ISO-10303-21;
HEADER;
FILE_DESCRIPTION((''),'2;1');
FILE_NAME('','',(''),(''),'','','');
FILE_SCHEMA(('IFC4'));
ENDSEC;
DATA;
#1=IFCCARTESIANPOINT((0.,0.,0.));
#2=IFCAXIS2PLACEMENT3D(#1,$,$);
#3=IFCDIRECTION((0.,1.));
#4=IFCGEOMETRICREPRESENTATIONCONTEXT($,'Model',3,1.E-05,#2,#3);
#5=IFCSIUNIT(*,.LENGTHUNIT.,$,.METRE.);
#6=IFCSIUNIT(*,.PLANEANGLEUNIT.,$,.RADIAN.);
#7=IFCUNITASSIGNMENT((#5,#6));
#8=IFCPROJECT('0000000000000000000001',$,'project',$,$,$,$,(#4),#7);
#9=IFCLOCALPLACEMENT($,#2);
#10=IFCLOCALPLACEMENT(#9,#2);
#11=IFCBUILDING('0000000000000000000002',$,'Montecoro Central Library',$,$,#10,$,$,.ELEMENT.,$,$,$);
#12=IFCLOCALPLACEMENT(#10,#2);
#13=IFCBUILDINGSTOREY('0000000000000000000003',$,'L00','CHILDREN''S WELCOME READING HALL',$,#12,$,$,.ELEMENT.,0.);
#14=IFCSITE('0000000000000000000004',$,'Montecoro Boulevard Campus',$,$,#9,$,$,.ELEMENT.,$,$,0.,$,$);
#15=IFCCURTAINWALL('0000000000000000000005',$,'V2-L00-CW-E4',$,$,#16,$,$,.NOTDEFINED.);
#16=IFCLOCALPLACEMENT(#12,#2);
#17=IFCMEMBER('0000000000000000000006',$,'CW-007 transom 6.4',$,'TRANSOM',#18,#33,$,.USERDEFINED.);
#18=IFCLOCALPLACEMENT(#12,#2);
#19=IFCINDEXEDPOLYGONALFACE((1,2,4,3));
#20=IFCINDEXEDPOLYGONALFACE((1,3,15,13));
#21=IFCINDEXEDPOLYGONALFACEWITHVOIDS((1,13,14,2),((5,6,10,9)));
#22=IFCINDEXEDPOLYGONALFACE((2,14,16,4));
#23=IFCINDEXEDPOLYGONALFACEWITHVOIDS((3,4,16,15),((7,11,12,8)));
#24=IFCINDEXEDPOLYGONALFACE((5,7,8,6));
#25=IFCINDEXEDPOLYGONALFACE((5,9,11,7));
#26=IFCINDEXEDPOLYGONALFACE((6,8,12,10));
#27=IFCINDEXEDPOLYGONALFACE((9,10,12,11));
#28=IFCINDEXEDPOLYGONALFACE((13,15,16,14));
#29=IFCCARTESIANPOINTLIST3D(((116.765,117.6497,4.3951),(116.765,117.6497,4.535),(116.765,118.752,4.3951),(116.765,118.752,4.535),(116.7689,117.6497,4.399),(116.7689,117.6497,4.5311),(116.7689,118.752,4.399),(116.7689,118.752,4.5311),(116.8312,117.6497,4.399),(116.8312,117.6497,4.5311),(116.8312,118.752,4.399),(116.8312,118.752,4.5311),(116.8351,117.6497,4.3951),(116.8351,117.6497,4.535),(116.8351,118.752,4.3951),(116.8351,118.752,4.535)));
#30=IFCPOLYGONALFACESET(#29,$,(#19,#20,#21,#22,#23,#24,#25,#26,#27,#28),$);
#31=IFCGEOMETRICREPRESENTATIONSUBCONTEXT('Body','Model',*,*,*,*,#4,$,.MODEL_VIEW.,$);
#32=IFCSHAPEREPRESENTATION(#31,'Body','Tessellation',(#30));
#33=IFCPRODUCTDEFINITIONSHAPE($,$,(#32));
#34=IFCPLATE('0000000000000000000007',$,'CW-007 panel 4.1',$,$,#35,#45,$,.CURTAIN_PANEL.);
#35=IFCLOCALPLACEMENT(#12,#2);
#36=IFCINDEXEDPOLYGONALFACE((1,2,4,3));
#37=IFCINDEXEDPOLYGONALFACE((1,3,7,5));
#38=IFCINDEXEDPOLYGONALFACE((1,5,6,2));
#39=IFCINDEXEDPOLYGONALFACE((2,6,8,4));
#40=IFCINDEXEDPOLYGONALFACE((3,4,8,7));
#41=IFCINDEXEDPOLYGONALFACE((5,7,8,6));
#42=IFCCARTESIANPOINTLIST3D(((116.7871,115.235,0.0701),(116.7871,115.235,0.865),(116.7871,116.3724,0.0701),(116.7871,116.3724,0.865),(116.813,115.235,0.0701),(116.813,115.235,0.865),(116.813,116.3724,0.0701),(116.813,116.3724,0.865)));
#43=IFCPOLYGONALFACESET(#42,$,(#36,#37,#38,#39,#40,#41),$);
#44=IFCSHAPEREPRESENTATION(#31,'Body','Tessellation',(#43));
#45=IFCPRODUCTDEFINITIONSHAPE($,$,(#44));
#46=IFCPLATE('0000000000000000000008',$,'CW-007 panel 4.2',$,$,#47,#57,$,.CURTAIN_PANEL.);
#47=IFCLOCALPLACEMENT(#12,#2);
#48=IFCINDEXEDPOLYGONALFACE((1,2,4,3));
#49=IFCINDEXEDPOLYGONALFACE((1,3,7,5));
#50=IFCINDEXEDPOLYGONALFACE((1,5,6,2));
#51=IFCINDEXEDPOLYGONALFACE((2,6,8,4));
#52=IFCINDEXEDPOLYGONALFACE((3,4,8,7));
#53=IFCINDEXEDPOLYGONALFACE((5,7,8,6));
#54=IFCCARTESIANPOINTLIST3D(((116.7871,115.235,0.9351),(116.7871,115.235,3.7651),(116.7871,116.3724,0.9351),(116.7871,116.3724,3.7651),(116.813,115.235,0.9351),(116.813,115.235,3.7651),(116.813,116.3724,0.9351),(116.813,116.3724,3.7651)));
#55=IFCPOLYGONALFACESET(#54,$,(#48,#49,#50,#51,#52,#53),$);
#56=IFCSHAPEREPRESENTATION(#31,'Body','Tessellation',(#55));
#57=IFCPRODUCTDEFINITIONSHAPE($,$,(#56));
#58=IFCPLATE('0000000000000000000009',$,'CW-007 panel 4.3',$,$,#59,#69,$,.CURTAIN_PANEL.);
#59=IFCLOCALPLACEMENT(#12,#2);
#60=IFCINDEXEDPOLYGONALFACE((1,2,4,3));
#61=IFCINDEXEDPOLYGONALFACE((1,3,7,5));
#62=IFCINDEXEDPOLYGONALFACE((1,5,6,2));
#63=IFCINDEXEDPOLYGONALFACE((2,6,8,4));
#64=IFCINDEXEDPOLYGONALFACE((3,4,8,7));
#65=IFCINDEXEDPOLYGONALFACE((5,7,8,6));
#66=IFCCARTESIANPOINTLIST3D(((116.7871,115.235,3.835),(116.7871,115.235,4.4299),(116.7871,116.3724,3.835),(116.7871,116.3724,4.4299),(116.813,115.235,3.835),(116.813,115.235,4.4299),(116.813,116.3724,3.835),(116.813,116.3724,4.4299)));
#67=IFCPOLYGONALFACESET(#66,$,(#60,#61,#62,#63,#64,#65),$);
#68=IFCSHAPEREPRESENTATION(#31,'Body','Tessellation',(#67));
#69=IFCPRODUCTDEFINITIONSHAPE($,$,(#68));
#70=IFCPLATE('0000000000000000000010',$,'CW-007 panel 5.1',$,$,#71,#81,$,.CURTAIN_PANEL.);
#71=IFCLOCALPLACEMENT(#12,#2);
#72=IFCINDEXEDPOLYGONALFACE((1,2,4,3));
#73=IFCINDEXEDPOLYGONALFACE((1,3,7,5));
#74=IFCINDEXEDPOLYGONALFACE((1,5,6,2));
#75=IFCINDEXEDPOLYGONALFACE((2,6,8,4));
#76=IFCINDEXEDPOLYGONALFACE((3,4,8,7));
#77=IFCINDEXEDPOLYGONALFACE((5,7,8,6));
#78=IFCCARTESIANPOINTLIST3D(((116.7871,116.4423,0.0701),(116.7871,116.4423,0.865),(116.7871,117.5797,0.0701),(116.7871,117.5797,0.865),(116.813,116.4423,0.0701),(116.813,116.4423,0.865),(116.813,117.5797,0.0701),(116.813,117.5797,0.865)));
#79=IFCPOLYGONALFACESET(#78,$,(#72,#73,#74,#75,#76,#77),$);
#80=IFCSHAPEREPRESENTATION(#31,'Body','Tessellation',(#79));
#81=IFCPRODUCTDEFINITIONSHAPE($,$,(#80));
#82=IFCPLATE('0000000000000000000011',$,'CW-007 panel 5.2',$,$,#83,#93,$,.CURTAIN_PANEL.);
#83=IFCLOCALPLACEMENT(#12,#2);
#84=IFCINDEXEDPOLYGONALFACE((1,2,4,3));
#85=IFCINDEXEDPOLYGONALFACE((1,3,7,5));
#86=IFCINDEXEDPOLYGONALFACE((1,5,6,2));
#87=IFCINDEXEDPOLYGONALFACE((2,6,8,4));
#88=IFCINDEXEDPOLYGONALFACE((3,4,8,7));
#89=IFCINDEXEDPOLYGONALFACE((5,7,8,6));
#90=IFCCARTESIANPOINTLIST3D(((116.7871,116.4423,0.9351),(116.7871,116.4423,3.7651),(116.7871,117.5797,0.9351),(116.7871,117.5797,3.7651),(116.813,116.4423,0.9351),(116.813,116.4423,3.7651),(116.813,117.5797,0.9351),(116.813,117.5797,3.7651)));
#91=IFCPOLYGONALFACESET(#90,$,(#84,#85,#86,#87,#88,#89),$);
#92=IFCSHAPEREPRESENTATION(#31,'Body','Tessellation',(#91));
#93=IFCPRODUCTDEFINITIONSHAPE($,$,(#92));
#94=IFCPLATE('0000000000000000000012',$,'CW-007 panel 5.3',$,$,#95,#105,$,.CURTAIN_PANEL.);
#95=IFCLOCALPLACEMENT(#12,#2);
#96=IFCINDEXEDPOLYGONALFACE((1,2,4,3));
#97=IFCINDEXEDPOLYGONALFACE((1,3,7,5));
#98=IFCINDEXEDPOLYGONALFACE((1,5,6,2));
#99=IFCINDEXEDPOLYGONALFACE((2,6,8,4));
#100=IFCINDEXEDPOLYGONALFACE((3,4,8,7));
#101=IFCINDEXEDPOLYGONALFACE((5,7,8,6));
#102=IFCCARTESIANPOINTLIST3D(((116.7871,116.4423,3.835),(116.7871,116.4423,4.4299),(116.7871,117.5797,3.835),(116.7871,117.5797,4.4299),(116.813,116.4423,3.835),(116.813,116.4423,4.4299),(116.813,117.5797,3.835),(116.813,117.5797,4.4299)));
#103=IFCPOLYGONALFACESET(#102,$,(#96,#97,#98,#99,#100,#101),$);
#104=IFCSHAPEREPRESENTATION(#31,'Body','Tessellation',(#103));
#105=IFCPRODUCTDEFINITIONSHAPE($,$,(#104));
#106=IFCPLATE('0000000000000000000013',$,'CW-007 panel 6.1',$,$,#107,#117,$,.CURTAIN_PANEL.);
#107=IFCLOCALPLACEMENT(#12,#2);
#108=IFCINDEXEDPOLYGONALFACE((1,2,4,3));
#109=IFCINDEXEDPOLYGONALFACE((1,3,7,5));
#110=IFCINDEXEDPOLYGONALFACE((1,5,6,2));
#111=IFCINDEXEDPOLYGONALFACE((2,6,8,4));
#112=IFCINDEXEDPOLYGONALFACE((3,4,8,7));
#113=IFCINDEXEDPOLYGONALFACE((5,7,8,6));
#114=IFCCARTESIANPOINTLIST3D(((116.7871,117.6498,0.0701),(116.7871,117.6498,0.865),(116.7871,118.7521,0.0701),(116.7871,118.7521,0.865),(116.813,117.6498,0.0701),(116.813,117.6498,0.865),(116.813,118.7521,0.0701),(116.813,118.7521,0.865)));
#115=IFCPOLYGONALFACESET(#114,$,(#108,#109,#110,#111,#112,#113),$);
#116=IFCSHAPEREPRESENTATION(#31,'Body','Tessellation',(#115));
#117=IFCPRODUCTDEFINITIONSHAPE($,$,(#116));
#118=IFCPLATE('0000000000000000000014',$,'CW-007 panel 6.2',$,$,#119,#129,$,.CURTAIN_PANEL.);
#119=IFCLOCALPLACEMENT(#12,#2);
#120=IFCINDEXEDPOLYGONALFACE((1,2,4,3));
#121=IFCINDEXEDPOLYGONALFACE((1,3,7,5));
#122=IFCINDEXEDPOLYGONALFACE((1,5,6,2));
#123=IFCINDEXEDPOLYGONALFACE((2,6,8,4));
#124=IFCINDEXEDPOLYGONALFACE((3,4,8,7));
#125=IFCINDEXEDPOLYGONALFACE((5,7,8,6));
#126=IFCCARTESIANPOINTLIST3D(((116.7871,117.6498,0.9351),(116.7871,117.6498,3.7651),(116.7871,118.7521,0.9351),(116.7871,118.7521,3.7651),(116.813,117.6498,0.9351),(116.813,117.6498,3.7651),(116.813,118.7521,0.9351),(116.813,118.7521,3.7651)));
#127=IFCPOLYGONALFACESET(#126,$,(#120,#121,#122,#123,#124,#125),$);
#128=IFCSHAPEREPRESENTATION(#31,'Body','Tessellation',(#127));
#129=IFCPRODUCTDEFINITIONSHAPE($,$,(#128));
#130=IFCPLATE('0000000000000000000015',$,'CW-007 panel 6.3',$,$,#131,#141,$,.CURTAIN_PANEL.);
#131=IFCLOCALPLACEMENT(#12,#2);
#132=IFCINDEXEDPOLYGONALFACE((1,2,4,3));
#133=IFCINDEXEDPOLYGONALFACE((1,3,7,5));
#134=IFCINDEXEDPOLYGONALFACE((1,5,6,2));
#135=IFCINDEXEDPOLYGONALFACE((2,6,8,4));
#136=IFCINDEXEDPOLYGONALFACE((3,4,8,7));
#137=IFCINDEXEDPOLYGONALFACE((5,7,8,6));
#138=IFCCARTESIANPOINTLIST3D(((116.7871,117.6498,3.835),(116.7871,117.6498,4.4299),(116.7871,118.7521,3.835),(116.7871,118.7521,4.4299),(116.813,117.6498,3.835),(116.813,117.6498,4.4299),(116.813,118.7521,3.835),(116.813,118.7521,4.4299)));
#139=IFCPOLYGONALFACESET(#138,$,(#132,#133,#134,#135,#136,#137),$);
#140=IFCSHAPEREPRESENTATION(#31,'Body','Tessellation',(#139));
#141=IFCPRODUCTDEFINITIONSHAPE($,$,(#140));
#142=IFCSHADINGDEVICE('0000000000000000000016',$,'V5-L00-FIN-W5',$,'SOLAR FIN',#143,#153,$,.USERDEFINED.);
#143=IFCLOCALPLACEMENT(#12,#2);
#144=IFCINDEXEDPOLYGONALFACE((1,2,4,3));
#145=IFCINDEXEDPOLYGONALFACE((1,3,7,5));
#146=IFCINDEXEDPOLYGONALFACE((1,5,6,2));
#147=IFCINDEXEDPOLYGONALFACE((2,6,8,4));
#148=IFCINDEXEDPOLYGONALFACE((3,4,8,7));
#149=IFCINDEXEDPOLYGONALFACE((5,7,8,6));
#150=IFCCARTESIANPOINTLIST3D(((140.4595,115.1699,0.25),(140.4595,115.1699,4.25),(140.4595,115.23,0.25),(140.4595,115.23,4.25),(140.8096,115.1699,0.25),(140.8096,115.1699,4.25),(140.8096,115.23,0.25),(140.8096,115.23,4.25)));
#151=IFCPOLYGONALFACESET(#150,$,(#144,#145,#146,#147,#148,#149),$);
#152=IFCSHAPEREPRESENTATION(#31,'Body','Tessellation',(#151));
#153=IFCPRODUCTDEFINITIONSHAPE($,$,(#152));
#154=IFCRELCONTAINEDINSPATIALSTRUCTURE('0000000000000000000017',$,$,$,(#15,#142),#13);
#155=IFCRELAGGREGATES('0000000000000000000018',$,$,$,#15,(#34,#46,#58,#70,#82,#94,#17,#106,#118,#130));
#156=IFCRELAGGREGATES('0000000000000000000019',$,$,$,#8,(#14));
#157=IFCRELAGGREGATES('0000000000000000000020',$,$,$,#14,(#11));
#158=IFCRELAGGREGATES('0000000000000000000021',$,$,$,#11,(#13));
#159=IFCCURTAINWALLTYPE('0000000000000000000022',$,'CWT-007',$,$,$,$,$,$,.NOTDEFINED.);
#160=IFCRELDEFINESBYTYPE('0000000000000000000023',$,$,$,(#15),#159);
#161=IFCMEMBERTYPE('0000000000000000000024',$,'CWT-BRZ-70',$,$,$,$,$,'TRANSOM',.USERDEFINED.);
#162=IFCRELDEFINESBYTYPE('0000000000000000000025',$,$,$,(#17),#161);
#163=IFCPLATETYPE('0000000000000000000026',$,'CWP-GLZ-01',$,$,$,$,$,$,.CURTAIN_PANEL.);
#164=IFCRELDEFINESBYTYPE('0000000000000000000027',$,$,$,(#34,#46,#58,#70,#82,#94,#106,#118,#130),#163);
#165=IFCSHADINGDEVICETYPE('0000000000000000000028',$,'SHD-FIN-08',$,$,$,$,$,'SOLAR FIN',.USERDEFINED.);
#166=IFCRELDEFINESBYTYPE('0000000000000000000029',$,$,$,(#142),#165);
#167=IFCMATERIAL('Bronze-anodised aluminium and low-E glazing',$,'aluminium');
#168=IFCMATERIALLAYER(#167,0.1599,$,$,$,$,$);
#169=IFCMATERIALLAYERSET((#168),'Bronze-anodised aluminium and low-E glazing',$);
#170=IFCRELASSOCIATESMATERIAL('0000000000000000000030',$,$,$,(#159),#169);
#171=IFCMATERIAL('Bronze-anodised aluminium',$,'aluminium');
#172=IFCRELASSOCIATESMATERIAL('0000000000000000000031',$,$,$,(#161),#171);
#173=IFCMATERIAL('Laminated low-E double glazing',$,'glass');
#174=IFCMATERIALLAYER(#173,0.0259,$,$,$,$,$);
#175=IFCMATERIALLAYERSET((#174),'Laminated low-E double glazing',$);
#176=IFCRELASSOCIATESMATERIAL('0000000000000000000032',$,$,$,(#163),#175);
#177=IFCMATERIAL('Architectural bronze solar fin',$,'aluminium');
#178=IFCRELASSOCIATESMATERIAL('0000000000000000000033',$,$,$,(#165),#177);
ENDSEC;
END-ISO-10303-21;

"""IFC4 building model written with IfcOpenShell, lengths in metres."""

from ifc_helpers import new_model, si_unit, direction, frame, origin, origin_2d, place, context, subcontext, project, spatial, rectangle, hollow_rectangle, extrude, material, layer, layer_set, material_profile, profile_set, type_object, element, aggregate, save


model = new_model("IFC4")

# Units and contexts
model_context = context("Model", 3, precision=1e-05, world=origin(), true_north=direction((0.0, 1.0)))
body_context = subcontext(model_context, "Body", "Model", "MODEL_VIEW")
ifc_project = project(units=[si_unit("LENGTHUNIT", "METRE"), si_unit("PLANEANGLEUNIT", "RADIAN")], contexts=[model_context])

# Site, building, storey
site_placement = place(None, origin())
site = spatial("IfcSite", under=ifc_project, at=site_placement, Name="Montecoro Boulevard Campus", CompositionType="ELEMENT", RefElevation=0.0)
building_placement = place(site_placement, origin())
building = spatial("IfcBuilding", under=site, at=building_placement, Name="Montecoro Central Library", CompositionType="ELEMENT")
storey_placement = place(building_placement, origin())
storey = spatial("IfcBuildingStorey", under=building, at=storey_placement, Name="L00", Description="CHILDREN'S WELCOME READING HALL", CompositionType="ELEMENT", Elevation=0.0)

# Curtain wall, member, plates
ifc_material_1 = material(Name="Bronze-anodised aluminium and low-E glazing", Category="aluminium")
ifc_layer_1 = layer(ifc_material_1, 0.1599)
ifc_layer_set_1 = layer_set([ifc_layer_1], Name="Bronze-anodised aluminium and low-E glazing")
curtain_wall_type = type_object("IfcCurtainWallType", Name="CWT-007", PredefinedType="NOTDEFINED", material=ifc_layer_set_1)
curtain_wall_placement = place(storey_placement, origin())
curtain_wall = element("IfcCurtainWall", 1, at=curtain_wall_placement, inside=storey, type_object=curtain_wall_type, Name="V2-L00-CW-E4", PredefinedType="NOTDEFINED")
ifc_material_2 = material(Name="Bronze-anodised aluminium", Category="aluminium")
ifc_material_profile_1 = material_profile(ifc_material_2, hollow_rectangle(XDim=0.0701, YDim=0.1399, WallThickness=0.0039, at=origin_2d()), Name="CWT 140x70x4.0")
ifc_profile_set_1 = profile_set([ifc_material_profile_1], Name="Bronze-anodised aluminium")
member_type_1 = type_object("IfcMemberType", Name="CWT-BRZ-70", ElementType="TRANSOM", PredefinedType="USERDEFINED", material=ifc_profile_set_1)
member_1_placement = place(storey_placement, frame((116.8, 117.6497, 4.4651), z_axis=(0.0, 1.0, 0.0), x_axis=(-1.0, 0.0, 0.0)))
member_1 = element("IfcMember", 2, at=member_1_placement, type_object=member_type_1, Name="CW-007 transom 6.4", ObjectType="TRANSOM", PredefinedType="USERDEFINED", context=body_context, shape_type="SweptSolid", body=[
    extrude(hollow_rectangle(XDim=0.0701, YDim=0.1399, WallThickness=0.0039, at=origin_2d()), origin(), (0.0, 0.0, 1.0), 1.1023),
])
ifc_material_3 = material(Name="Laminated low-E double glazing", Category="glass")
ifc_layer_2 = layer(ifc_material_3, 0.0259)
ifc_layer_set_2 = layer_set([ifc_layer_2], Name="Laminated low-E double glazing")
plate_type = type_object("IfcPlateType", Name="CWP-GLZ-01", PredefinedType="CURTAIN_PANEL", material=ifc_layer_set_2)
plate_1_placement = place(storey_placement, frame((116.8, 115.8037, 0.0701), z_axis=(0.0, 0.0, 1.0), x_axis=(0.0, 1.0, 0.0)))
plate_1 = element("IfcPlate", 3, at=plate_1_placement, type_object=plate_type, Name="CW-007 panel 4.1", PredefinedType="CURTAIN_PANEL", context=body_context, shape_type="SweptSolid", body=[
    extrude(rectangle(XDim=1.1375, YDim=0.0259, at=origin_2d()), origin(), (0.0, 0.0, 1.0), 0.7949),
])
plate_2_placement = place(storey_placement, frame((116.8, 115.8037, 0.9351), z_axis=(0.0, 0.0, 1.0), x_axis=(0.0, 1.0, 0.0)))
plate_2 = element("IfcPlate", 4, at=plate_2_placement, type_object=plate_type, Name="CW-007 panel 4.2", PredefinedType="CURTAIN_PANEL", context=body_context, shape_type="SweptSolid", body=[
    extrude(rectangle(XDim=1.1375, YDim=0.0259, at=origin_2d()), origin(), (0.0, 0.0, 1.0), 2.8301),
])
plate_3_placement = place(storey_placement, frame((116.8, 115.8037, 3.835), z_axis=(0.0, 0.0, 1.0), x_axis=(0.0, 1.0, 0.0)))
plate_3 = element("IfcPlate", 5, at=plate_3_placement, type_object=plate_type, Name="CW-007 panel 4.3", PredefinedType="CURTAIN_PANEL", context=body_context, shape_type="SweptSolid", body=[
    extrude(rectangle(XDim=1.1375, YDim=0.0259, at=origin_2d()), origin(), (0.0, 0.0, 1.0), 0.595),
])
plate_4_placement = place(storey_placement, frame((116.8, 117.011, 0.0701), z_axis=(0.0, 0.0, 1.0), x_axis=(0.0, 1.0, 0.0)))
plate_4 = element("IfcPlate", 6, at=plate_4_placement, type_object=plate_type, Name="CW-007 panel 5.1", PredefinedType="CURTAIN_PANEL", context=body_context, shape_type="SweptSolid", body=[
    extrude(rectangle(XDim=1.1375, YDim=0.0259, at=origin_2d()), origin(), (0.0, 0.0, 1.0), 0.7949),
])
plate_5_placement = place(storey_placement, frame((116.8, 117.011, 0.9351), z_axis=(0.0, 0.0, 1.0), x_axis=(0.0, 1.0, 0.0)))
plate_5 = element("IfcPlate", 7, at=plate_5_placement, type_object=plate_type, Name="CW-007 panel 5.2", PredefinedType="CURTAIN_PANEL", context=body_context, shape_type="SweptSolid", body=[
    extrude(rectangle(XDim=1.1375, YDim=0.0259, at=origin_2d()), origin(), (0.0, 0.0, 1.0), 2.8301),
])
plate_6_placement = place(storey_placement, frame((116.8, 117.011, 3.835), z_axis=(0.0, 0.0, 1.0), x_axis=(0.0, 1.0, 0.0)))
plate_6 = element("IfcPlate", 8, at=plate_6_placement, type_object=plate_type, Name="CW-007 panel 5.3", PredefinedType="CURTAIN_PANEL", context=body_context, shape_type="SweptSolid", body=[
    extrude(rectangle(XDim=1.1375, YDim=0.0259, at=origin_2d()), origin(), (0.0, 0.0, 1.0), 0.595),
])
plate_7_placement = place(storey_placement, frame((116.8, 118.2009, 0.0701), z_axis=(0.0, 0.0, 1.0), x_axis=(0.0, 1.0, 0.0)))
plate_7 = element("IfcPlate", 9, at=plate_7_placement, type_object=plate_type, Name="CW-007 panel 6.1", PredefinedType="CURTAIN_PANEL", context=body_context, shape_type="SweptSolid", body=[
    extrude(rectangle(XDim=1.1023, YDim=0.0259, at=origin_2d()), origin(), (0.0, 0.0, 1.0), 0.7949),
])
plate_8_placement = place(storey_placement, frame((116.8, 118.2009, 0.9351), z_axis=(0.0, 0.0, 1.0), x_axis=(0.0, 1.0, 0.0)))
plate_8 = element("IfcPlate", 10, at=plate_8_placement, type_object=plate_type, Name="CW-007 panel 6.2", PredefinedType="CURTAIN_PANEL", context=body_context, shape_type="SweptSolid", body=[
    extrude(rectangle(XDim=1.1023, YDim=0.0259, at=origin_2d()), origin(), (0.0, 0.0, 1.0), 2.8301),
])
plate_9_placement = place(storey_placement, frame((116.8, 118.2009, 3.835), z_axis=(0.0, 0.0, 1.0), x_axis=(0.0, 1.0, 0.0)))
plate_9 = element("IfcPlate", 11, at=plate_9_placement, type_object=plate_type, Name="CW-007 panel 6.3", PredefinedType="CURTAIN_PANEL", context=body_context, shape_type="SweptSolid", body=[
    extrude(rectangle(XDim=1.1023, YDim=0.0259, at=origin_2d()), origin(), (0.0, 0.0, 1.0), 0.595),
])
aggregate(curtain_wall, [plate_1, plate_2, plate_3, plate_4, plate_5, plate_6, member_1, plate_7, plate_8, plate_9])

# Shading device
ifc_material_4 = material(Name="Architectural bronze solar fin", Category="aluminium")
shading_device_type = type_object("IfcShadingDeviceType", Name="SHD-FIN-08", ElementType="SOLAR FIN", PredefinedType="USERDEFINED", material=ifc_material_4)
shading_device_placement = place(storey_placement, frame((140.6345, 115.2, 0.25), z_axis=(0.0, 0.0, 1.0), x_axis=(0.0, -1.0, 0.0)))
element("IfcShadingDevice", 12, at=shading_device_placement, inside=storey, type_object=shading_device_type, Name="V5-L00-FIN-W5", ObjectType="SOLAR FIN", PredefinedType="USERDEFINED", context=body_context, shape_type="SweptSolid", body=[
    extrude(rectangle(XDim=0.0601, YDim=0.3501, at=origin_2d()), origin(), (0.0, 0.0, 1.0), 4.0),
])

save(model, "model.ifc")
